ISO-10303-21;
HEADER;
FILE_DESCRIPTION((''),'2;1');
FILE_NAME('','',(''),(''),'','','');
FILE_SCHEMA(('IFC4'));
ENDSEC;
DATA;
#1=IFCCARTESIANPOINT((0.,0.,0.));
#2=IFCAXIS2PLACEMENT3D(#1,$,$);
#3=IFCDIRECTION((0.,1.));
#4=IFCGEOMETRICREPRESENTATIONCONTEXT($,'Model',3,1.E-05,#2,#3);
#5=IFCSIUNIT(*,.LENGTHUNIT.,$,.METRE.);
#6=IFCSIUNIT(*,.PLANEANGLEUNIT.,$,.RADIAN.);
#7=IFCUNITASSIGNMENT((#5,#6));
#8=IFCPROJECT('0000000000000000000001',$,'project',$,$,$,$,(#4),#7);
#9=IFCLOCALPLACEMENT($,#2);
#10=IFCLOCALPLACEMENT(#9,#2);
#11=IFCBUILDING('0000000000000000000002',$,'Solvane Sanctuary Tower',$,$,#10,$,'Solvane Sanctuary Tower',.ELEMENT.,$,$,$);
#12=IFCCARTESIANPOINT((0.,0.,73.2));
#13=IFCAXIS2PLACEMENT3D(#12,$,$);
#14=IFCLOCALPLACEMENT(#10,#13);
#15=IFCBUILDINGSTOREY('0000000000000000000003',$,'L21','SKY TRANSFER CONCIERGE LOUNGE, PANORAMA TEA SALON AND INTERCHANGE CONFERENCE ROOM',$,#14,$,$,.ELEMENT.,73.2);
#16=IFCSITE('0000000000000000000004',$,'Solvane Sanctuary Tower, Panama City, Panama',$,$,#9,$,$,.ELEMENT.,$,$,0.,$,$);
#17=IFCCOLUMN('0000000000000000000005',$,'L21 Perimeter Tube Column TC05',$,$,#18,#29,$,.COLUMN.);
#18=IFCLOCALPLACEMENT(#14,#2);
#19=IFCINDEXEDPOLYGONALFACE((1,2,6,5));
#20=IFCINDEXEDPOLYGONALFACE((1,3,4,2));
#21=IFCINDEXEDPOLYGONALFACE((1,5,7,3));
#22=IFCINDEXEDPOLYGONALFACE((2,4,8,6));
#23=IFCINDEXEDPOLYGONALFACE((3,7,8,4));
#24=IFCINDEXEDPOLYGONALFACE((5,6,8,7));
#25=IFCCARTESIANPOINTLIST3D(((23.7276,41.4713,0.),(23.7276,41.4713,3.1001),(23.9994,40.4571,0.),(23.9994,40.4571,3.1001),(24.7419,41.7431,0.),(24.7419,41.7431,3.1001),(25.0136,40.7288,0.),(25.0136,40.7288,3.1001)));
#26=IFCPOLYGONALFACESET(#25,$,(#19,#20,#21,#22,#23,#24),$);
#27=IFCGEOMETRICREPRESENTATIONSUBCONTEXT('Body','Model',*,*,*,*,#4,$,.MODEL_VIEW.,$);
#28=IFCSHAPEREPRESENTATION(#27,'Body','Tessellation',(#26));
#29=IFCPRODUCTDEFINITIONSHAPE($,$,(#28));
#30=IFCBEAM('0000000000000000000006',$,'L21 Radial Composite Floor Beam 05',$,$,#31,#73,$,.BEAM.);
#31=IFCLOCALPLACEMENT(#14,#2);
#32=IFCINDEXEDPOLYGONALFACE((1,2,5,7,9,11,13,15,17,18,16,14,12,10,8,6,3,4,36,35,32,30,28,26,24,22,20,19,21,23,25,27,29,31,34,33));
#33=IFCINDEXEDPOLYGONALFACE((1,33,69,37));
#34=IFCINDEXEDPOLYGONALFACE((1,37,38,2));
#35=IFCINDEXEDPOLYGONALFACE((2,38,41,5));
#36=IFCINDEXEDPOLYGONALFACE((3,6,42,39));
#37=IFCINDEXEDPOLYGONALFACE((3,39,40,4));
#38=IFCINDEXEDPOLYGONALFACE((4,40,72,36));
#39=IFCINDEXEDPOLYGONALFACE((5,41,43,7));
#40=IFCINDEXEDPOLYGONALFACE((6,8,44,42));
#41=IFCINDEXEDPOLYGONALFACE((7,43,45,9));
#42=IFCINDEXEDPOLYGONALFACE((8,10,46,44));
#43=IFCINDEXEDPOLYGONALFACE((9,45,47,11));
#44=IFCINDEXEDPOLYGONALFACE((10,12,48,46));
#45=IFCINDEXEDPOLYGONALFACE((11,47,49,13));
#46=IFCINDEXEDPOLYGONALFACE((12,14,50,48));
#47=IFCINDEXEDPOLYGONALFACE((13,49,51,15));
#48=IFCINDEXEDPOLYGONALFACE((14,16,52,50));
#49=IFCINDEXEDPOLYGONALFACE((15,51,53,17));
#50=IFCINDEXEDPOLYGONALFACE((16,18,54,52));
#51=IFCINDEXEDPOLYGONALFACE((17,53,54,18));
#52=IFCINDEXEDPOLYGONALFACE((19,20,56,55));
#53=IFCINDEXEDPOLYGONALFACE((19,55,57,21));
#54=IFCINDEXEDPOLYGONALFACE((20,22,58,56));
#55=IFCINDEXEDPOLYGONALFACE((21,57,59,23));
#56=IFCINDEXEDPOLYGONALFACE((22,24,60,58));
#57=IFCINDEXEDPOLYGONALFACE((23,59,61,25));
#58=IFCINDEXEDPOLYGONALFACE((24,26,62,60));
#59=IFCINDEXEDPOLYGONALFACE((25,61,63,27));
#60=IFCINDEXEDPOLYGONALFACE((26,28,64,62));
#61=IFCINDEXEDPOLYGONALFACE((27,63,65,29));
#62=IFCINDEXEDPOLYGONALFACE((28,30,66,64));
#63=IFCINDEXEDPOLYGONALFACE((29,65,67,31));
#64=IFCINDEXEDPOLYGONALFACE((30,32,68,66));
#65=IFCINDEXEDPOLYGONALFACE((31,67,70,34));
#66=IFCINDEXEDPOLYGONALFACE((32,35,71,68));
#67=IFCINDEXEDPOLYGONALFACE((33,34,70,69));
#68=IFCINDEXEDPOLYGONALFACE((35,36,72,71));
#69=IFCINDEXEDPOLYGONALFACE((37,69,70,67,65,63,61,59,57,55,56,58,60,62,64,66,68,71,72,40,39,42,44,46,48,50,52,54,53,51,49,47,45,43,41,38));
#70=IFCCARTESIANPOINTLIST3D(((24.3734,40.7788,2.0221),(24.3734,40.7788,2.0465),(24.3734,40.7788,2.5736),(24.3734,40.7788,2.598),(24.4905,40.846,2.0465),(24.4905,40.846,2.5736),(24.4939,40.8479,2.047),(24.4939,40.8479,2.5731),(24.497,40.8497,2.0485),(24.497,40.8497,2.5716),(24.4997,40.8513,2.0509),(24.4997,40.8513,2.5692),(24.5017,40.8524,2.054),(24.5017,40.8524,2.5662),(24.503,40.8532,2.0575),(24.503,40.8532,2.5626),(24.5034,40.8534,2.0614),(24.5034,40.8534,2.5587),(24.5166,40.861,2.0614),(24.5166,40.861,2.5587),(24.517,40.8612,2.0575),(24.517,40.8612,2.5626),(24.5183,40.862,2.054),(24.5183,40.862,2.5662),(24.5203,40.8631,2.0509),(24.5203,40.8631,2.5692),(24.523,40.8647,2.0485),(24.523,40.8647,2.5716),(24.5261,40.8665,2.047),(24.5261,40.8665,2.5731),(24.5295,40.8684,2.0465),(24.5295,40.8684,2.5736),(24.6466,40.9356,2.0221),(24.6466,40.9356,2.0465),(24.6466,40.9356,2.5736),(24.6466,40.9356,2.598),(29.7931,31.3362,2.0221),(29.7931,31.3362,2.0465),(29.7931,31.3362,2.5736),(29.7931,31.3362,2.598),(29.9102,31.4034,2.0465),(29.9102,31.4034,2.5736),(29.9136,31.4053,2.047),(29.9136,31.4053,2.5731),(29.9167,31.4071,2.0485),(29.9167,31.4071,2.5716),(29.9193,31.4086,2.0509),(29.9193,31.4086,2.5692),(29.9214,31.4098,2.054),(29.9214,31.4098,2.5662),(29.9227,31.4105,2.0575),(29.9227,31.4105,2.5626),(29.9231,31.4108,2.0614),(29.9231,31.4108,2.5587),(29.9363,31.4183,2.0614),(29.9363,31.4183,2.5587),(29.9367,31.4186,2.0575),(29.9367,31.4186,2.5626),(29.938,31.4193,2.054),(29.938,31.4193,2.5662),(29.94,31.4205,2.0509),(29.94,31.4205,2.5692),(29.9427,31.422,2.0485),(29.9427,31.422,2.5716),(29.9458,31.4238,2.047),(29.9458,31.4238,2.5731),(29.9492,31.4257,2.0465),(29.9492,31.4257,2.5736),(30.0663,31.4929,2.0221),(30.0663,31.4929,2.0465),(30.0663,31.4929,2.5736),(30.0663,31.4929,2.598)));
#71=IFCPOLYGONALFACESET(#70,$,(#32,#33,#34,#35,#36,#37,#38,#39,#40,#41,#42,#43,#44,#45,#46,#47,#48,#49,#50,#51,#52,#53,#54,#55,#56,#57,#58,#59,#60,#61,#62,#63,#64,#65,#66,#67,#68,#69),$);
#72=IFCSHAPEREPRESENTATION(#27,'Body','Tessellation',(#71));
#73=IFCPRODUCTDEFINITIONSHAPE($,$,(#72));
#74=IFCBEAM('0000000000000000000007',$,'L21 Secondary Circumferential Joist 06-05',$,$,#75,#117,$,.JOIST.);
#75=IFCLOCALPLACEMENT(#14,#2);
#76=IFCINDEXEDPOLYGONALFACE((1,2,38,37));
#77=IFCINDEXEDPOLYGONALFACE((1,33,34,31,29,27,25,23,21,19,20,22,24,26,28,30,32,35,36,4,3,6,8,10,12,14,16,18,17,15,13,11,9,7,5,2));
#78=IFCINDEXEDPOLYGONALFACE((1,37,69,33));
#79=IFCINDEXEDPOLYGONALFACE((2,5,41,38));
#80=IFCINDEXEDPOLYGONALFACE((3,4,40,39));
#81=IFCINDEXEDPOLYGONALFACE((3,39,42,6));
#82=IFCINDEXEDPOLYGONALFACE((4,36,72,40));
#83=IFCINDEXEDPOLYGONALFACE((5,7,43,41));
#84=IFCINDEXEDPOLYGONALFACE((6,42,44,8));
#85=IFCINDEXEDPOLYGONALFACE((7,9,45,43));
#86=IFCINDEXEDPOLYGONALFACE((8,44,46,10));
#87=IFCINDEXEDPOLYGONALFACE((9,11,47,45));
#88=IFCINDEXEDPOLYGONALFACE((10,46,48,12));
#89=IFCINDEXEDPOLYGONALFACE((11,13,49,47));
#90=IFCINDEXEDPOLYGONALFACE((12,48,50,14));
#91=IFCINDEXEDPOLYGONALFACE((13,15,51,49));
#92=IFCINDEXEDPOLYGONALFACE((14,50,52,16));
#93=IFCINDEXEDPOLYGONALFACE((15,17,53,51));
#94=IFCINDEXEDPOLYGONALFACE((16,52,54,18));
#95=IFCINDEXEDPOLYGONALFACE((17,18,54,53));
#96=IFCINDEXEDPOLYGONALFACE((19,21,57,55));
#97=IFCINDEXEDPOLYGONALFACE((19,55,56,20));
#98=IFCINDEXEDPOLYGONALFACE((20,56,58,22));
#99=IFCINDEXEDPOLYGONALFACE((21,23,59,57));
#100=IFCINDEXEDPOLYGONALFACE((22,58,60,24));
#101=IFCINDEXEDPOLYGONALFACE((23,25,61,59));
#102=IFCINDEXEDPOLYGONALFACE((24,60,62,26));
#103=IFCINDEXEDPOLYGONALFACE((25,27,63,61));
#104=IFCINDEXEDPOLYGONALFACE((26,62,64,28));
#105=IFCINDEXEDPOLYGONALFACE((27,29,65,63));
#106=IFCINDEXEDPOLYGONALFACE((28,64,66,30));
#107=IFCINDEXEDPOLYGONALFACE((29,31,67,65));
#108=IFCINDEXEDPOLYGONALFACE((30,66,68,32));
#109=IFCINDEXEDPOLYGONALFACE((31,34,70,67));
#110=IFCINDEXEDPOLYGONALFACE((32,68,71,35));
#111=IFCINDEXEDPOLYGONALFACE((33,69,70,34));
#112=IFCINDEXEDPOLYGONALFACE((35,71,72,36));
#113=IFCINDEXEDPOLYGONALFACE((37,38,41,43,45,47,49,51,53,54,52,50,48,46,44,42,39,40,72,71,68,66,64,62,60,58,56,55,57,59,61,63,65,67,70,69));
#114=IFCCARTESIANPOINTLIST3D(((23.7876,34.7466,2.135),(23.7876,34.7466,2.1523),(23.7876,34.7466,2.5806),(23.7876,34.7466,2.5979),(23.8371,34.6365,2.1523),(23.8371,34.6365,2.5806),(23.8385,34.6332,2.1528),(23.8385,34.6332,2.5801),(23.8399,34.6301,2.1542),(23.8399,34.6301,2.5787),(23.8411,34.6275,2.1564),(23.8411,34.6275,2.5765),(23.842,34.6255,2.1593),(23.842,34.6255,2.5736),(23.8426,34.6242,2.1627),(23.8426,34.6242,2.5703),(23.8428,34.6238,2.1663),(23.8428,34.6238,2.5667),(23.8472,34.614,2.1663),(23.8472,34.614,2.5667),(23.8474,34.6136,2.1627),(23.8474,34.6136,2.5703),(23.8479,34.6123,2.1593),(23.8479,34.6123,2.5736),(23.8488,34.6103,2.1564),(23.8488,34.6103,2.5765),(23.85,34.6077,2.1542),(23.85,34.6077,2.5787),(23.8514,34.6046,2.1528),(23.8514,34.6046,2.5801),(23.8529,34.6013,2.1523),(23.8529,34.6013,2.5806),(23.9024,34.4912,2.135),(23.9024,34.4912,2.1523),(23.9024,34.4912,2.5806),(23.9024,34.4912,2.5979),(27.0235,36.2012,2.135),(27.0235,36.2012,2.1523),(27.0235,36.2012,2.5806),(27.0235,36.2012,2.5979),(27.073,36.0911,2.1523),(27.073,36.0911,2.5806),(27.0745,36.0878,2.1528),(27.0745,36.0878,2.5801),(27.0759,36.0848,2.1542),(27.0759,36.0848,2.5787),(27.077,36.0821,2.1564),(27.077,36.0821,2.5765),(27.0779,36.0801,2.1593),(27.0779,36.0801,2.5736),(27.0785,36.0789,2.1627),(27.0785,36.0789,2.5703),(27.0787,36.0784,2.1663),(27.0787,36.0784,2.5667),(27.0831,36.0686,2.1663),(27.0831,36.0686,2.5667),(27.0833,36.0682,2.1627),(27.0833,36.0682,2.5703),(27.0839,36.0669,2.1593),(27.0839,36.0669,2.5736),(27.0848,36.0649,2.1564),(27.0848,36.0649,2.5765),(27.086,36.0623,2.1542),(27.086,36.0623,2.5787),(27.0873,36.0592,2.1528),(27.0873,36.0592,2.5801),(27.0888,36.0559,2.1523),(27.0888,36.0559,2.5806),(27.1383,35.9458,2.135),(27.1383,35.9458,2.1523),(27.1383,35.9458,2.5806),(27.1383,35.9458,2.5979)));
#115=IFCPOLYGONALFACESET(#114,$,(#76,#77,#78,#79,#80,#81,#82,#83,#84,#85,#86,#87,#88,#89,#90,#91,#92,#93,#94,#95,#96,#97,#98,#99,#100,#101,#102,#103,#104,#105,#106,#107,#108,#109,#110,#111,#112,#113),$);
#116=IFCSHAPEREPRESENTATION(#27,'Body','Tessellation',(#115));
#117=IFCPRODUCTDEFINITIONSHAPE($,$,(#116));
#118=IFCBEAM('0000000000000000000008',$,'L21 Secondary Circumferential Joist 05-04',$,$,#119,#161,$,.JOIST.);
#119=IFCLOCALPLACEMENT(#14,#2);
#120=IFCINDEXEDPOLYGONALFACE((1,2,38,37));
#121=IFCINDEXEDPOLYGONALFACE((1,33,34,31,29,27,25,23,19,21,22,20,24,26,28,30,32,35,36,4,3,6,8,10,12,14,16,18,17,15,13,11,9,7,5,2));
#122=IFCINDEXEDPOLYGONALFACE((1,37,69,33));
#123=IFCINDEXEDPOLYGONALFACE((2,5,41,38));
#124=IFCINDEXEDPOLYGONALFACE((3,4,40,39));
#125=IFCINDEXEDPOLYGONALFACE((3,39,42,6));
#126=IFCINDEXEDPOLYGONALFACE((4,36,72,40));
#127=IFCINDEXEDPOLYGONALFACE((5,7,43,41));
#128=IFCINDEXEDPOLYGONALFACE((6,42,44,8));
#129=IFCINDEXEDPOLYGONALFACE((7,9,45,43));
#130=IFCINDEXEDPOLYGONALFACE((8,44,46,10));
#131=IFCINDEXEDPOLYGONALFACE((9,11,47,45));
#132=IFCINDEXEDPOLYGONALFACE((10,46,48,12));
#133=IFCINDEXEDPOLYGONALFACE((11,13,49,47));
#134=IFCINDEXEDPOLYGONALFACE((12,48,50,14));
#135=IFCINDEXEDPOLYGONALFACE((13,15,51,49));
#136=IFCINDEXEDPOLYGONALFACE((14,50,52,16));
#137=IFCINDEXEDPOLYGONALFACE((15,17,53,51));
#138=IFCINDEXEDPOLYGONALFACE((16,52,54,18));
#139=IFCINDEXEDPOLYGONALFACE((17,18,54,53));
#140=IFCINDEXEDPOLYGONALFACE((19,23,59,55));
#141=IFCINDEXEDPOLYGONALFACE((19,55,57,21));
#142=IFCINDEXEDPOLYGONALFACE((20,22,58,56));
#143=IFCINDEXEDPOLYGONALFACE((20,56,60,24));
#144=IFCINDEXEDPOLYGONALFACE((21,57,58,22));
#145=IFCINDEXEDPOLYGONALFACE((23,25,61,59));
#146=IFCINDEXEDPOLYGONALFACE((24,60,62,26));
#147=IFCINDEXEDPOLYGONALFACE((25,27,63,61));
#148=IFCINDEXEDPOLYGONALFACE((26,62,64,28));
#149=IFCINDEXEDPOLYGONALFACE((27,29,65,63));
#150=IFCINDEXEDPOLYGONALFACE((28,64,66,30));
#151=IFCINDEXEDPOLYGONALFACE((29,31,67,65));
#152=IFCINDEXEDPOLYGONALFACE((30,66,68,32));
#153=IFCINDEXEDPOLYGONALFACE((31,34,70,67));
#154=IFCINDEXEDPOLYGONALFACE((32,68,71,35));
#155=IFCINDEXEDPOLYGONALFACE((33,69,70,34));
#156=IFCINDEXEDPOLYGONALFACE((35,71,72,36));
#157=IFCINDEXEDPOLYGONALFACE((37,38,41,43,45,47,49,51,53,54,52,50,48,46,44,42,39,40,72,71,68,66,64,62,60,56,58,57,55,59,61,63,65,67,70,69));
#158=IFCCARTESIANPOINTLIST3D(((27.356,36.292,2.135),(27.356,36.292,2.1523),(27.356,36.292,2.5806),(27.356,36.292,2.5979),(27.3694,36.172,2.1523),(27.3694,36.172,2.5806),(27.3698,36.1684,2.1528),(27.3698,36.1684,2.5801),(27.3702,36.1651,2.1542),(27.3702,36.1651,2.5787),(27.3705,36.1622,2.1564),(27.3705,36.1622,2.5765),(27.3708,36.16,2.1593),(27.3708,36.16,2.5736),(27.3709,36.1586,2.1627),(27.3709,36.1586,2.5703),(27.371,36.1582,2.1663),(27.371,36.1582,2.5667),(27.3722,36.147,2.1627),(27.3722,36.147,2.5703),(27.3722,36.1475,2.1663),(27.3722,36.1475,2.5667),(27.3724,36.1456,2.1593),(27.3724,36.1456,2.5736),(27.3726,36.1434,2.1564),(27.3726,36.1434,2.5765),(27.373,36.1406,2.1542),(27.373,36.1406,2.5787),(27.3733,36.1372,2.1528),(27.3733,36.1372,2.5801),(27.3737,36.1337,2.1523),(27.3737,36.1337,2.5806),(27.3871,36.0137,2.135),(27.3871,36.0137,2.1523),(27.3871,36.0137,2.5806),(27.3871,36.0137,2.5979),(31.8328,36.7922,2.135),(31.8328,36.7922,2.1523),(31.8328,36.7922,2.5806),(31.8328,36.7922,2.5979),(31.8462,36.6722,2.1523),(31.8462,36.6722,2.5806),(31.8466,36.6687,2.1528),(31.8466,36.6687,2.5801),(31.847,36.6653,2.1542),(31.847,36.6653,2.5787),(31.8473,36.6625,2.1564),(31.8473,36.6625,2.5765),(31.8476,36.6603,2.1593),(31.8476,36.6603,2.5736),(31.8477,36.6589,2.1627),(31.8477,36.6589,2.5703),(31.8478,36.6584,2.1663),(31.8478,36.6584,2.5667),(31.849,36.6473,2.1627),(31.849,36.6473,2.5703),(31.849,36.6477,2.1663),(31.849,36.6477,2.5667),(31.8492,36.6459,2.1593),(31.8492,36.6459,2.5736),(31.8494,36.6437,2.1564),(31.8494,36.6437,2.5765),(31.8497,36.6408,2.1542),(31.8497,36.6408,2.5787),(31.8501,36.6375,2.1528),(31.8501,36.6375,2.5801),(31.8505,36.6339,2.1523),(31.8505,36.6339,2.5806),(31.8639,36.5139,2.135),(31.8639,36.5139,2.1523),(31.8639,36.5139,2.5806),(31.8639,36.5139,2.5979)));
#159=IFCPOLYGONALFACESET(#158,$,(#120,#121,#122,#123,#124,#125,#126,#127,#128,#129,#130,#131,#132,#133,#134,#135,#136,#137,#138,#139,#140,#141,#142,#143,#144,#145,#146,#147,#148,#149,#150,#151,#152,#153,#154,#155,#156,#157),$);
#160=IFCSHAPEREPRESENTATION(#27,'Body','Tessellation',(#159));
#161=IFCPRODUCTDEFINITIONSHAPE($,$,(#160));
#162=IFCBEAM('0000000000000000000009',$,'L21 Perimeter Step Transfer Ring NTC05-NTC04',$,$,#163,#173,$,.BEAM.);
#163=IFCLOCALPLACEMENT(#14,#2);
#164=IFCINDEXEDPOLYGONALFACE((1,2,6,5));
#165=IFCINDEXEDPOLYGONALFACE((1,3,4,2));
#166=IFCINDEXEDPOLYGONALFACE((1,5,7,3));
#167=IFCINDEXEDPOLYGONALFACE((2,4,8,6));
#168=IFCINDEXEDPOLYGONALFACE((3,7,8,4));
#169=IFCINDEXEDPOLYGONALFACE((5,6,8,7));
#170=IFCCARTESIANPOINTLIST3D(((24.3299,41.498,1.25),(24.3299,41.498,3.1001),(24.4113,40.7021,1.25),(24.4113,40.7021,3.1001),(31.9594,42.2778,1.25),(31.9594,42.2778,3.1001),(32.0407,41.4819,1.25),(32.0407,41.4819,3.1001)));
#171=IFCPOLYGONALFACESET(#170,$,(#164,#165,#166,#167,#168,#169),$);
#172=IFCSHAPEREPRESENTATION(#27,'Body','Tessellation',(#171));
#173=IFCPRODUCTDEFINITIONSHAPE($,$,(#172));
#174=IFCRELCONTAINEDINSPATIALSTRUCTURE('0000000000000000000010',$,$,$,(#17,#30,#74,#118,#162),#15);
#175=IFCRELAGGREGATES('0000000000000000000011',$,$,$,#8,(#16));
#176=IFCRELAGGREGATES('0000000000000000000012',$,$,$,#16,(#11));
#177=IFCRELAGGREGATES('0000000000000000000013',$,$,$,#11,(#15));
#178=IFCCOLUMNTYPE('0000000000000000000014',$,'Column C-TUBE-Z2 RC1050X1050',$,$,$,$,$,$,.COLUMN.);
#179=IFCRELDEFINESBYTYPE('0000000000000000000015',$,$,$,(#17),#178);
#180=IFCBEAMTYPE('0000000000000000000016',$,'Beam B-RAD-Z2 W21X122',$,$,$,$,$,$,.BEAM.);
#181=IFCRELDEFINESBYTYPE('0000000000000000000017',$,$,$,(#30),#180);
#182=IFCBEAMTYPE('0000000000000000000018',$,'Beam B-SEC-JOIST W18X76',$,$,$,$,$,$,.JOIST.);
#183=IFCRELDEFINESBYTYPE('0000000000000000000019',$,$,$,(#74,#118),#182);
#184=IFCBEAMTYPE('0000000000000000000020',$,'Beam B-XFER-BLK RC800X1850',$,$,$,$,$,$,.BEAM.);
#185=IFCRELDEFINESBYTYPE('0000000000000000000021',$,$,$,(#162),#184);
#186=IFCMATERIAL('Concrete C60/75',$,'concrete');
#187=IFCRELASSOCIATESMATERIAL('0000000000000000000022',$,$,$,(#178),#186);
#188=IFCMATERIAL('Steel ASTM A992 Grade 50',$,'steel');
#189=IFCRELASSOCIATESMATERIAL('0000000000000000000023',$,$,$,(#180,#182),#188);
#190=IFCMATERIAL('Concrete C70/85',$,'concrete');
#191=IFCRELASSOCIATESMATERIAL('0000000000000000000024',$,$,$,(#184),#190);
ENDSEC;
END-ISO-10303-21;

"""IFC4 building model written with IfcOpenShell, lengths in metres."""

from ifc_helpers import new_model, si_unit, direction, frame, origin, origin_2d, place, context, subcontext, project, spatial, rectangle, i_section, extrude, material, material_profile, profile_set, type_object, element, save


model = new_model("IFC4")

# Units and contexts
model_context = context("Model", 3, precision=1e-05, world=origin(), true_north=direction((0.0, 1.0)))
body_context = subcontext(model_context, "Body", "Model", "MODEL_VIEW")
ifc_project = project(units=[si_unit("LENGTHUNIT", "METRE"), si_unit("PLANEANGLEUNIT", "RADIAN")], contexts=[model_context])

# Site, building, storey
site_placement = place(None, origin())
site = spatial("IfcSite", under=ifc_project, at=site_placement, Name="Solvane Sanctuary Tower, Panama City, Panama", CompositionType="ELEMENT", RefElevation=0.0)
building_placement = place(site_placement, origin())
building = spatial("IfcBuilding", under=site, at=building_placement, Name="Solvane Sanctuary Tower", LongName="Solvane Sanctuary Tower", CompositionType="ELEMENT")
storey_placement = place(building_placement, frame((0.0, 0.0, 73.2)))
storey = spatial("IfcBuildingStorey", under=building, at=storey_placement, Name="L21", Description="SKY TRANSFER CONCIERGE LOUNGE, PANORAMA TEA SALON AND INTERCHANGE CONFERENCE ROOM", CompositionType="ELEMENT", Elevation=73.2)

# Column
ifc_material_1 = material(Name="Concrete C60/75", Category="concrete")
ifc_material_profile_1 = material_profile(ifc_material_1, rectangle(XDim=1.05, YDim=1.05, at=origin_2d()), Name="RC1050X1050")
ifc_profile_set_1 = profile_set([ifc_material_profile_1], Name="Concrete C60/75")
column_type = type_object("IfcColumnType", Name="Column C-TUBE-Z2 RC1050X1050", PredefinedType="COLUMN", material=ifc_profile_set_1)
column_placement = place(storey_placement, frame((24.3706, 41.1001, 0.0), z_axis=(0.0, 0.0, 1.0), x_axis=(-0.258819, 0.965926, 0.0)))
element("IfcColumn", 1, at=column_placement, inside=storey, type_object=column_type, Name="L21 Perimeter Tube Column TC05", PredefinedType="COLUMN", context=body_context, shape_type="SweptSolid", body=[
    extrude(rectangle(XDim=1.05, YDim=1.05, at=origin_2d()), origin(), (0.0, 0.0, 1.0), 3.1001),
])

# Beams
ifc_material_2 = material(Name="Steel ASTM A992 Grade 50", Category="steel")
ifc_material_profile_2 = material_profile(ifc_material_2, i_section(OverallWidth=0.3149, OverallDepth=0.5759, WebThickness=0.0151, FlangeThickness=0.0244, FilletRadius=0.0149, at=origin_2d()), Name="W21X122")
ifc_profile_set_2 = profile_set([ifc_material_profile_2], Name="Steel ASTM A992 Grade 50")
beam_type_1 = type_object("IfcBeamType", Name="Beam B-RAD-Z2 W21X122", PredefinedType="BEAM", material=ifc_profile_set_2)
beam_1_placement = place(storey_placement, frame((29.9297, 31.4146, 2.3101), z_axis=(-0.497792, 0.867296, 0.0), x_axis=(-0.867296, -0.497792, 0.0)))
element("IfcBeam", 2, at=beam_1_placement, inside=storey, type_object=beam_type_1, Name="L21 Radial Composite Floor Beam 05", PredefinedType="BEAM", context=body_context, shape_type="SweptSolid", body=[
    extrude(i_section(OverallWidth=0.3149, OverallDepth=0.5759, WebThickness=0.0151, FlangeThickness=0.0244, FilletRadius=0.0149, at=origin_2d()), origin(), (0.0, 0.0, 1.0), 10.8875),
])
ifc_material_profile_3 = material_profile(ifc_material_2, i_section(OverallWidth=0.28, OverallDepth=0.4629, WebThickness=0.0107, FlangeThickness=0.0173, FilletRadius=0.0139, at=origin_2d()), Name="W18X76")
ifc_profile_set_3 = profile_set([ifc_material_profile_3], Name="Steel ASTM A992 Grade 50")
beam_type_2 = type_object("IfcBeamType", Name="Beam B-SEC-JOIST W18X76", PredefinedType="JOIST", material=ifc_profile_set_3)
beam_2_placement = place(storey_placement, frame((23.845, 34.6189, 2.3665), z_axis=(0.912084, 0.410004, 0.0), x_axis=(-0.410004, 0.912084, 0.0)))
element("IfcBeam", 3, at=beam_2_placement, inside=storey, type_object=beam_type_2, Name="L21 Secondary Circumferential Joist 06-05", PredefinedType="JOIST", context=body_context, shape_type="SweptSolid", body=[
    extrude(i_section(OverallWidth=0.28, OverallDepth=0.4629, WebThickness=0.0107, FlangeThickness=0.0173, FilletRadius=0.0139, at=origin_2d()), origin(), (0.0, 0.0, 1.0), 3.5479),
])
beam_3_placement = place(storey_placement, frame((27.3716, 36.1528, 2.3665), z_axis=(0.993815, 0.11105, 0.0), x_axis=(-0.11105, 0.993815, 0.0)))
element("IfcBeam", 4, at=beam_3_placement, inside=storey, type_object=beam_type_2, Name="L21 Secondary Circumferential Joist 05-04", PredefinedType="JOIST", context=body_context, shape_type="SweptSolid", body=[
    extrude(i_section(OverallWidth=0.28, OverallDepth=0.4629, WebThickness=0.0107, FlangeThickness=0.0173, FilletRadius=0.0139, at=origin_2d()), origin(), (0.0, 0.0, 1.0), 4.5046),
])
ifc_material_3 = material(Name="Concrete C70/85", Category="concrete")
ifc_material_profile_4 = material_profile(ifc_material_3, rectangle(XDim=0.8, YDim=1.8501, at=origin_2d()), Name="RC800X1850")
ifc_profile_set_4 = profile_set([ifc_material_profile_4], Name="Concrete C70/85")
beam_type_3 = type_object("IfcBeamType", Name="Beam B-XFER-BLK RC800X1850", PredefinedType="BEAM", material=ifc_profile_set_4)
beam_4_placement = place(storey_placement, frame((24.3706, 41.1001, 2.175), z_axis=(0.994817, 0.101678, 0.0), x_axis=(-0.101678, 0.994817, 0.0)))
element("IfcBeam", 5, at=beam_4_placement, inside=storey, type_object=beam_type_3, Name="L21 Perimeter Step Transfer Ring NTC05-NTC04", PredefinedType="BEAM", context=body_context, shape_type="SweptSolid", body=[
    extrude(rectangle(XDim=0.8, YDim=1.8501, at=origin_2d()), origin(), (0.0, 0.0, 1.0), 7.6692),
])

save(model, "model.ifc")
